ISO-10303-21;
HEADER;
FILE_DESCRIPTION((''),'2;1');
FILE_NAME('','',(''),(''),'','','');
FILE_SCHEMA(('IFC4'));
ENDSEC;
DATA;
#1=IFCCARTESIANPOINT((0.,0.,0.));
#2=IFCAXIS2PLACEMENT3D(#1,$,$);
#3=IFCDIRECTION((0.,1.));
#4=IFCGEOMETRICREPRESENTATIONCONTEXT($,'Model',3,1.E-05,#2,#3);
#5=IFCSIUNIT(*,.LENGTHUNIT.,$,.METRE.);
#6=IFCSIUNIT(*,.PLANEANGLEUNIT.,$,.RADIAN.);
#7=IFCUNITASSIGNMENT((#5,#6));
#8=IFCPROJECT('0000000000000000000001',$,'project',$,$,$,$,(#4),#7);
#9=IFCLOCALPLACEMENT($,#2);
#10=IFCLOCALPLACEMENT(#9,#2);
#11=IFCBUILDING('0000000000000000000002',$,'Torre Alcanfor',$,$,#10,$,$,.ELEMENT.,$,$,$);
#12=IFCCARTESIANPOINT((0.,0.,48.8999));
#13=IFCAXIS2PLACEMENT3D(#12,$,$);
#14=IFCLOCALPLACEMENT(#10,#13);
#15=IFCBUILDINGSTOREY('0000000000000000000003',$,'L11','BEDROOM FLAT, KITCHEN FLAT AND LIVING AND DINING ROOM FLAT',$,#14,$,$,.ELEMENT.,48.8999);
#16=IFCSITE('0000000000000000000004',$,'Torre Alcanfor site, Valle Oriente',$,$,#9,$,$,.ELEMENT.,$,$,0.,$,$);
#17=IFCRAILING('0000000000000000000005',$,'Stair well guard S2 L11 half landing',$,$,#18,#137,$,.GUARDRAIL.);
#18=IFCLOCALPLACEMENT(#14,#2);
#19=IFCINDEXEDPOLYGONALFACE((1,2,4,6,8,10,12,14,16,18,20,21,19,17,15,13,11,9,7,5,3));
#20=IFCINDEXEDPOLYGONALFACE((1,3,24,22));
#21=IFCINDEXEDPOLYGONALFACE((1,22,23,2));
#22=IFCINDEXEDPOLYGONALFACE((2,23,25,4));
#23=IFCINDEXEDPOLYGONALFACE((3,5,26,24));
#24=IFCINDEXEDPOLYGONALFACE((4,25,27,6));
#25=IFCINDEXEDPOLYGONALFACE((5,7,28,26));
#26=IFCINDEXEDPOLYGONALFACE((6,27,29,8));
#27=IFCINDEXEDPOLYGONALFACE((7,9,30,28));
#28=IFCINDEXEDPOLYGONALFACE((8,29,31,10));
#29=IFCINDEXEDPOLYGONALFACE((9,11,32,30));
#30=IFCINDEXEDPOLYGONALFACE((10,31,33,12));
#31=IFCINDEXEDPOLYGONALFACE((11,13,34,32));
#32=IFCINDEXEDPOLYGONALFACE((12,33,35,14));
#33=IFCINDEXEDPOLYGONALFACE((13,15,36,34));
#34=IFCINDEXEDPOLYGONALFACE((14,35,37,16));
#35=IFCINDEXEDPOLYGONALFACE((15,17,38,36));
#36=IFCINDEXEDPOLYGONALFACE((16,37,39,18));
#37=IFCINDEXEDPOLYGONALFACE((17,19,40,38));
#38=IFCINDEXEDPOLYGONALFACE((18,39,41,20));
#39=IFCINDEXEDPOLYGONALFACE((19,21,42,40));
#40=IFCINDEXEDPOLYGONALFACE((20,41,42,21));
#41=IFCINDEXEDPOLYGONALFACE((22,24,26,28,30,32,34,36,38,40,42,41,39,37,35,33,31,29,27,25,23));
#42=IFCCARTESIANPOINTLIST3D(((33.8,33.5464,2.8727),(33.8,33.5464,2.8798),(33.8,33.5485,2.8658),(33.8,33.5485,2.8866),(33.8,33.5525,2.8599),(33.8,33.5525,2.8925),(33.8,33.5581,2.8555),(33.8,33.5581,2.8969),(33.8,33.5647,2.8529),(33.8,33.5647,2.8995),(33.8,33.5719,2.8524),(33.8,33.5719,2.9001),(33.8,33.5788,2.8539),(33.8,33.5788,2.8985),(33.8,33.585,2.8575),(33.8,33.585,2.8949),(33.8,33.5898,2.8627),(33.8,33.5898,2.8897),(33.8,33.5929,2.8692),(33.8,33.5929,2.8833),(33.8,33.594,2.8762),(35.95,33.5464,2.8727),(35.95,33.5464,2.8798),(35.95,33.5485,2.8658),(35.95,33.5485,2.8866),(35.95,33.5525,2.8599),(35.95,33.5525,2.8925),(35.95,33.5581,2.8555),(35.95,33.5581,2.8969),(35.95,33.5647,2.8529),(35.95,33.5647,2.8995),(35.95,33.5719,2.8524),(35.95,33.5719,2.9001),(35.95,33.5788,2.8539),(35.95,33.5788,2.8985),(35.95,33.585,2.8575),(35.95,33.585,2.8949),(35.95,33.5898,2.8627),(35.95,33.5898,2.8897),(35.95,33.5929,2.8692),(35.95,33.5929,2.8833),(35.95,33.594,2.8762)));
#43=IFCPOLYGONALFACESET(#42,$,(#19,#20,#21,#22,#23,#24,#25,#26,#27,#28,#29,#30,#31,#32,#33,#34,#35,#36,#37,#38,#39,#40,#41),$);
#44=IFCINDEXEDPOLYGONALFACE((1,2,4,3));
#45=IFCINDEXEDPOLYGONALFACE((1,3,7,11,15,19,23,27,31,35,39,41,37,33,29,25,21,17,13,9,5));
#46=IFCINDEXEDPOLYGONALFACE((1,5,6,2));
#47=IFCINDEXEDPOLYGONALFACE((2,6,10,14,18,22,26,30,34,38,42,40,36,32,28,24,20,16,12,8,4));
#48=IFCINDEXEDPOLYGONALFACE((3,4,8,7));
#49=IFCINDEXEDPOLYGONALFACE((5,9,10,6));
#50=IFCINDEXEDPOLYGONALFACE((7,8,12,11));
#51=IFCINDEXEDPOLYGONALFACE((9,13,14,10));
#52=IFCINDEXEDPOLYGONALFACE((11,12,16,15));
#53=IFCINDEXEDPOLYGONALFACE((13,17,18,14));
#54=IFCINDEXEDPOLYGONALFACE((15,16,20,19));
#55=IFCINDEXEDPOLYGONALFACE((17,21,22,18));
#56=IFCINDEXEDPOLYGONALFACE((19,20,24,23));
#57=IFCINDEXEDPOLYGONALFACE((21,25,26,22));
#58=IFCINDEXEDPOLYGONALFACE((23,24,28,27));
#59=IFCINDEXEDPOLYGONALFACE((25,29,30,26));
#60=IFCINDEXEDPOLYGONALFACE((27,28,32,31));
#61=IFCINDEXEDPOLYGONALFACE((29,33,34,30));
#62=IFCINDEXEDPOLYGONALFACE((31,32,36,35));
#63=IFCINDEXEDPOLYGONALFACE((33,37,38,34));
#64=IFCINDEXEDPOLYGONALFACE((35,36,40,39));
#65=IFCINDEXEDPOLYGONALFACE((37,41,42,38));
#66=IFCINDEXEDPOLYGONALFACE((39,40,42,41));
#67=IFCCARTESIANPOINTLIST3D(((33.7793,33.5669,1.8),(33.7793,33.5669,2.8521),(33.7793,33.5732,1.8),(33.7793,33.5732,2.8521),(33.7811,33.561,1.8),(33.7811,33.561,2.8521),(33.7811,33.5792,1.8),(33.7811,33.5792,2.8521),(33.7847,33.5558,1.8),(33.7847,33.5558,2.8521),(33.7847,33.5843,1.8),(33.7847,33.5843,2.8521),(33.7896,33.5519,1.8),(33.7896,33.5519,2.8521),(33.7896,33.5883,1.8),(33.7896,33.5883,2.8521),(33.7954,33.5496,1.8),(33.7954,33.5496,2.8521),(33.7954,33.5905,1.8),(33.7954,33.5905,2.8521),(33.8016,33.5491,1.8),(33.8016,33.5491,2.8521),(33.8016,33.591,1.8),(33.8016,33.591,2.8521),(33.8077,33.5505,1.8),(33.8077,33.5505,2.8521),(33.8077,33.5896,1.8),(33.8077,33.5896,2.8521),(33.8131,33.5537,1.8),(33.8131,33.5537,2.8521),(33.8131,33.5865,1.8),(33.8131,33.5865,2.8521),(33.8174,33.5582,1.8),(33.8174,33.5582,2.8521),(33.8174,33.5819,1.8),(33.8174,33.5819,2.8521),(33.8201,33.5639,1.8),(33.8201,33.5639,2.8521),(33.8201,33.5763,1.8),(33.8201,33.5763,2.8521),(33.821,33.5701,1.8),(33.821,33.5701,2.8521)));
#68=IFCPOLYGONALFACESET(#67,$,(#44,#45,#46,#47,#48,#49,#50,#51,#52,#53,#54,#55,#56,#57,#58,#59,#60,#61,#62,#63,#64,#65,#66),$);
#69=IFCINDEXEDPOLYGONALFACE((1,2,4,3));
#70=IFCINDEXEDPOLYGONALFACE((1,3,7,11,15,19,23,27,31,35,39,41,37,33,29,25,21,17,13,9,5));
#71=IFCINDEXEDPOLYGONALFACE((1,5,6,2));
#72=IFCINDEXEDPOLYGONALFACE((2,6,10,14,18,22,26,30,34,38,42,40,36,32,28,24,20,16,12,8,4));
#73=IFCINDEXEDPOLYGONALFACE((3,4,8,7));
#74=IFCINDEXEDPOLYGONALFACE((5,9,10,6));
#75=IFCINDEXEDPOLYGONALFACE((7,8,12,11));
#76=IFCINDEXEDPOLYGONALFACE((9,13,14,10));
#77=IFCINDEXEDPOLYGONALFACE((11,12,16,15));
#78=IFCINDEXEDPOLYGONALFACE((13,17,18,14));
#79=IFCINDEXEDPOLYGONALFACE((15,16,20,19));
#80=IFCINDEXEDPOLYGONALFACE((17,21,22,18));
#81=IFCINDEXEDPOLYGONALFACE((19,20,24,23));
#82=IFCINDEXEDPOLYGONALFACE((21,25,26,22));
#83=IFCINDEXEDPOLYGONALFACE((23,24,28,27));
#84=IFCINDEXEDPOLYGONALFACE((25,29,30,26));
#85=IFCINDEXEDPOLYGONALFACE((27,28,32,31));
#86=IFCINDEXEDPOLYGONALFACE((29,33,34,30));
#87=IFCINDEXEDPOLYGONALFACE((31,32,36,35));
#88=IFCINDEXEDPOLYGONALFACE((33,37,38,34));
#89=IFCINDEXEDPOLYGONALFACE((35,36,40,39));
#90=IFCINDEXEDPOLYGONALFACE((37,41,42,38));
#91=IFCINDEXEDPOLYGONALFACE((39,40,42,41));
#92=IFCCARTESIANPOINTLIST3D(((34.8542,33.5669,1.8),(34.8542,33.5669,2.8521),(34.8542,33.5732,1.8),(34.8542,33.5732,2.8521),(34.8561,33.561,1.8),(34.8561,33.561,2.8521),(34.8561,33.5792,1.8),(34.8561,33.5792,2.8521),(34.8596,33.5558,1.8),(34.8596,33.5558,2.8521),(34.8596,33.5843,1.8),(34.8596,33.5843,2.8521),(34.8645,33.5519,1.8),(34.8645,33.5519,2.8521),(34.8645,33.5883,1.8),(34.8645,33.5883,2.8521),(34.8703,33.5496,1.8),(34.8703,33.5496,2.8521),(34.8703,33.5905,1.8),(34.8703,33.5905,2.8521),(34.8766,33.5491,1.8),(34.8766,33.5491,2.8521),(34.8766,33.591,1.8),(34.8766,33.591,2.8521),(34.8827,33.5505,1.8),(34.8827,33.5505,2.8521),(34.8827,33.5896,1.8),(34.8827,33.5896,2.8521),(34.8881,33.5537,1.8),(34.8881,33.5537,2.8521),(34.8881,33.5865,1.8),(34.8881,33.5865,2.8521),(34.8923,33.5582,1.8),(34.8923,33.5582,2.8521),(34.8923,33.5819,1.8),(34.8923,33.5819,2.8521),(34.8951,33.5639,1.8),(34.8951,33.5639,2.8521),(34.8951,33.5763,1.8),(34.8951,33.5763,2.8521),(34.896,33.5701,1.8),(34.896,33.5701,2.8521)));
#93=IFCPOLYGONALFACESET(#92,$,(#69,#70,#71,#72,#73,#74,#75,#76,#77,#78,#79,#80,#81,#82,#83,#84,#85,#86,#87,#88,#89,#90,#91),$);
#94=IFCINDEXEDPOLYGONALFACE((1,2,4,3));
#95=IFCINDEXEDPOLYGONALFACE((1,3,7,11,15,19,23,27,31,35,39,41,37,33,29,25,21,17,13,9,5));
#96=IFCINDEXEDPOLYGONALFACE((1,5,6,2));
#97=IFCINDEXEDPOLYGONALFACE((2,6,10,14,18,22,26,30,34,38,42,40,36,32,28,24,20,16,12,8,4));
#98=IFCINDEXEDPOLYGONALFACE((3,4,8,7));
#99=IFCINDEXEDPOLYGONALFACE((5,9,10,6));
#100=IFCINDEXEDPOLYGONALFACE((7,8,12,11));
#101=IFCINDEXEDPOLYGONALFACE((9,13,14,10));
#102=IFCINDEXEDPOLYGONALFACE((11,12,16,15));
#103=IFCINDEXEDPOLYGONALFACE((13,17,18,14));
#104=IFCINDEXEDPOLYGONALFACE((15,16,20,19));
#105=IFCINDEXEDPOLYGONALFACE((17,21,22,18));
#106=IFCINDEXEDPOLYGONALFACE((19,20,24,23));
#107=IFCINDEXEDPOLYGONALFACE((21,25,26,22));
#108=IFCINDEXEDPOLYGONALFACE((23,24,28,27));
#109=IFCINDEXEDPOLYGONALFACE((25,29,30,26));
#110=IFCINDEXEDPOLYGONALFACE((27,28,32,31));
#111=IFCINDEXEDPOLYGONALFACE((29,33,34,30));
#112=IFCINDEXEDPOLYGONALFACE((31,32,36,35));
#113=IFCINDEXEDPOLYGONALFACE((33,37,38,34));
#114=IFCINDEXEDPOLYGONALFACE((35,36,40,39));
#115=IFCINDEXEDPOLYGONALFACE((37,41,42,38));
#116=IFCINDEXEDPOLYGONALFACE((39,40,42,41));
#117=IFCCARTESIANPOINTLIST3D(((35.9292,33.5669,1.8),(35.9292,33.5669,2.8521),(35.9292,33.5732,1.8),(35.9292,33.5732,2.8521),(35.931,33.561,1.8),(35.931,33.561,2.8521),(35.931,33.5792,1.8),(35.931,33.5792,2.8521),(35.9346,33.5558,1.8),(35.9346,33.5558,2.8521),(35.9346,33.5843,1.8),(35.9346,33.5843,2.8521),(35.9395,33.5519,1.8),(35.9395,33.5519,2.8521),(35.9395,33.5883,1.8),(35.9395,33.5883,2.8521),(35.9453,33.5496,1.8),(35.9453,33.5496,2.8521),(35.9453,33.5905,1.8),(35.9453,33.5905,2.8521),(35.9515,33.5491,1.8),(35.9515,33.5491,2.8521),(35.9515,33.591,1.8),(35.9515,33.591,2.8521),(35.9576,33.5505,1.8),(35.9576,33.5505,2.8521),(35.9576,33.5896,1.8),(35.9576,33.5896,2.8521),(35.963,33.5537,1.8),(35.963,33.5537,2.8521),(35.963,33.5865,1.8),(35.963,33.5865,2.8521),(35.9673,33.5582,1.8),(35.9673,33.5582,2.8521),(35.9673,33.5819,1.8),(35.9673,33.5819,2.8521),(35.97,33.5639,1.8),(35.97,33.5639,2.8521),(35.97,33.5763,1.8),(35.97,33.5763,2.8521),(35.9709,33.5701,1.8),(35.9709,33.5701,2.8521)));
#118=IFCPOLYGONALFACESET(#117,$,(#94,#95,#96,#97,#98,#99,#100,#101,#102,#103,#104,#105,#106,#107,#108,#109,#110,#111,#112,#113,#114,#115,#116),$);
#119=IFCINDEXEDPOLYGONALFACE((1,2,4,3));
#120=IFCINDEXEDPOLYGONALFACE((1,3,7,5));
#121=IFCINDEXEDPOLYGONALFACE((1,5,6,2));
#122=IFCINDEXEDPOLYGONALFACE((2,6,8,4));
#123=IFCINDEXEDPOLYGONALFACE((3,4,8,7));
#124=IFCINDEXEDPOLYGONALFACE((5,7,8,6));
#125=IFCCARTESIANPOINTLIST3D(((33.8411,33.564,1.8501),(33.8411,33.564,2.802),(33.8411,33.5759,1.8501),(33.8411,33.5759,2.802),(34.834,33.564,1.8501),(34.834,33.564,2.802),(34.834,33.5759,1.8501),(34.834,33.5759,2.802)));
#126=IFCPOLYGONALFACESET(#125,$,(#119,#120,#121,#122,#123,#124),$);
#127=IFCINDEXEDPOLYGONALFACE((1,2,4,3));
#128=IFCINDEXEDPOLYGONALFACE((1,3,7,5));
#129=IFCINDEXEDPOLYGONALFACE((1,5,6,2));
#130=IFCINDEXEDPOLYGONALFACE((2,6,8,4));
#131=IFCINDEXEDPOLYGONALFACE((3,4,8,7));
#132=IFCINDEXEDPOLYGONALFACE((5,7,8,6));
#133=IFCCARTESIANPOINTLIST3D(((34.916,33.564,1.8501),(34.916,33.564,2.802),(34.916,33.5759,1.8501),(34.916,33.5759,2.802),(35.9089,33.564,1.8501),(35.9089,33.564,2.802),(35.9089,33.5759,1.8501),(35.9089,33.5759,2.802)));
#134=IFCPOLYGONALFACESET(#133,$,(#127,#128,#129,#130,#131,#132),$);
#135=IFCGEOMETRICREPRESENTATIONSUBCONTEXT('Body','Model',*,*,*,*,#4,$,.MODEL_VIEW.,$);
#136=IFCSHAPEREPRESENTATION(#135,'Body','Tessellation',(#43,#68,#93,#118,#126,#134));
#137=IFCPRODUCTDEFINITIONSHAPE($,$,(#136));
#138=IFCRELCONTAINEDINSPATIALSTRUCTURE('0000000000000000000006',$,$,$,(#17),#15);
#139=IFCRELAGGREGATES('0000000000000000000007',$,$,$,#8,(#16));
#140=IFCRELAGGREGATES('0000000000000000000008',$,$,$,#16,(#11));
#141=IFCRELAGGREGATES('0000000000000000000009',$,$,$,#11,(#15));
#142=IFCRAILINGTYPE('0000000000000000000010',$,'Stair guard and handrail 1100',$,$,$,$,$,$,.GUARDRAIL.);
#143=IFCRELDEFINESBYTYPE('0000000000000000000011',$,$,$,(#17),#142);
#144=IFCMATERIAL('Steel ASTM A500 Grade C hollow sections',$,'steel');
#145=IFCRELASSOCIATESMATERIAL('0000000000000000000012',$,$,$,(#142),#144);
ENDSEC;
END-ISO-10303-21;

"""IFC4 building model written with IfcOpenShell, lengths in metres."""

from ifc_helpers import new_model, si_unit, direction, frame, origin, origin_2d, place, context, subcontext, project, spatial, polyline, circle, outline, extrude, material, type_object, element, save


model = new_model("IFC4")

# Units and contexts
model_context = context("Model", 3, precision=1e-05, world=origin(), true_north=direction((0.0, 1.0)))
body_context = subcontext(model_context, "Body", "Model", "MODEL_VIEW")
ifc_project = project(units=[si_unit("LENGTHUNIT", "METRE"), si_unit("PLANEANGLEUNIT", "RADIAN")], contexts=[model_context])

# Site, building, storey
site_placement = place(None, origin())
site = spatial("IfcSite", under=ifc_project, at=site_placement, Name="Torre Alcanfor site, Valle Oriente", CompositionType="ELEMENT", RefElevation=0.0)
building_placement = place(site_placement, origin())
building = spatial("IfcBuilding", under=site, at=building_placement, Name="Torre Alcanfor", CompositionType="ELEMENT")
storey_placement = place(building_placement, frame((0.0, 0.0, 48.8999)))
storey = spatial("IfcBuildingStorey", under=building, at=storey_placement, Name="L11", Description="BEDROOM FLAT, KITCHEN FLAT AND LIVING AND DINING ROOM FLAT", CompositionType="ELEMENT", Elevation=48.8999)

# Railing
ifc_material_1 = material(Name="Steel ASTM A500 Grade C hollow sections", Category="steel")
railing_type_1 = type_object("IfcRailingType", Name="Stair guard and handrail 1100", PredefinedType="GUARDRAIL", material=ifc_material_1)
for number, where, name in (
    (1, (33.8, 33.5701, 1.8), "Stair well guard S2 L11 half landing"),
):
    element("IfcRailing", number, at=place(storey_placement, frame(where)), inside=storey, type_object=railing_type_1, Name=name, PredefinedType="GUARDRAIL", context=body_context, shape_type="SweptSolid", body=[
        extrude(circle(Radius=0.0239, at=origin_2d()), frame((0.0, 0.0, 1.0762), z_axis=(1.0, 0.0, 0.0), x_axis=(0.0, 1.0, 0.0)), (0.0, 0.0, 1.0), 2.1499),
        extrude(circle(Radius=0.021, at=origin_2d()), origin(), (0.0, 0.0, 1.0), 1.052),
        extrude(circle(Radius=0.021, at=origin_2d()), frame((1.075, 0.0, 0.0)), (0.0, 0.0, 1.0), 1.052),
        extrude(circle(Radius=0.021, at=origin_2d()), frame((2.1499, 0.0, 0.0)), (0.0, 0.0, 1.0), 1.052),
        extrude(outline(polyline([(0.041, 0.05), (1.0339, 0.05), (1.0339, 1.002), (0.041, 1.002), (0.041, 0.05)])), frame((0.0, 0.0059, 0.0), z_axis=(0.0, -1.0, 0.0), x_axis=(1.0, 0.0, 0.0)), (0.0, 0.0, 1.0), 0.012),
        extrude(outline(polyline([(1.116, 0.05), (2.1089, 0.05), (2.1089, 1.002), (1.116, 1.002), (1.116, 0.05)])), frame((0.0, 0.0059, 0.0), z_axis=(0.0, -1.0, 0.0), x_axis=(1.0, 0.0, 0.0)), (0.0, 0.0, 1.0), 0.012),
    ])

save(model, "model.ifc")
